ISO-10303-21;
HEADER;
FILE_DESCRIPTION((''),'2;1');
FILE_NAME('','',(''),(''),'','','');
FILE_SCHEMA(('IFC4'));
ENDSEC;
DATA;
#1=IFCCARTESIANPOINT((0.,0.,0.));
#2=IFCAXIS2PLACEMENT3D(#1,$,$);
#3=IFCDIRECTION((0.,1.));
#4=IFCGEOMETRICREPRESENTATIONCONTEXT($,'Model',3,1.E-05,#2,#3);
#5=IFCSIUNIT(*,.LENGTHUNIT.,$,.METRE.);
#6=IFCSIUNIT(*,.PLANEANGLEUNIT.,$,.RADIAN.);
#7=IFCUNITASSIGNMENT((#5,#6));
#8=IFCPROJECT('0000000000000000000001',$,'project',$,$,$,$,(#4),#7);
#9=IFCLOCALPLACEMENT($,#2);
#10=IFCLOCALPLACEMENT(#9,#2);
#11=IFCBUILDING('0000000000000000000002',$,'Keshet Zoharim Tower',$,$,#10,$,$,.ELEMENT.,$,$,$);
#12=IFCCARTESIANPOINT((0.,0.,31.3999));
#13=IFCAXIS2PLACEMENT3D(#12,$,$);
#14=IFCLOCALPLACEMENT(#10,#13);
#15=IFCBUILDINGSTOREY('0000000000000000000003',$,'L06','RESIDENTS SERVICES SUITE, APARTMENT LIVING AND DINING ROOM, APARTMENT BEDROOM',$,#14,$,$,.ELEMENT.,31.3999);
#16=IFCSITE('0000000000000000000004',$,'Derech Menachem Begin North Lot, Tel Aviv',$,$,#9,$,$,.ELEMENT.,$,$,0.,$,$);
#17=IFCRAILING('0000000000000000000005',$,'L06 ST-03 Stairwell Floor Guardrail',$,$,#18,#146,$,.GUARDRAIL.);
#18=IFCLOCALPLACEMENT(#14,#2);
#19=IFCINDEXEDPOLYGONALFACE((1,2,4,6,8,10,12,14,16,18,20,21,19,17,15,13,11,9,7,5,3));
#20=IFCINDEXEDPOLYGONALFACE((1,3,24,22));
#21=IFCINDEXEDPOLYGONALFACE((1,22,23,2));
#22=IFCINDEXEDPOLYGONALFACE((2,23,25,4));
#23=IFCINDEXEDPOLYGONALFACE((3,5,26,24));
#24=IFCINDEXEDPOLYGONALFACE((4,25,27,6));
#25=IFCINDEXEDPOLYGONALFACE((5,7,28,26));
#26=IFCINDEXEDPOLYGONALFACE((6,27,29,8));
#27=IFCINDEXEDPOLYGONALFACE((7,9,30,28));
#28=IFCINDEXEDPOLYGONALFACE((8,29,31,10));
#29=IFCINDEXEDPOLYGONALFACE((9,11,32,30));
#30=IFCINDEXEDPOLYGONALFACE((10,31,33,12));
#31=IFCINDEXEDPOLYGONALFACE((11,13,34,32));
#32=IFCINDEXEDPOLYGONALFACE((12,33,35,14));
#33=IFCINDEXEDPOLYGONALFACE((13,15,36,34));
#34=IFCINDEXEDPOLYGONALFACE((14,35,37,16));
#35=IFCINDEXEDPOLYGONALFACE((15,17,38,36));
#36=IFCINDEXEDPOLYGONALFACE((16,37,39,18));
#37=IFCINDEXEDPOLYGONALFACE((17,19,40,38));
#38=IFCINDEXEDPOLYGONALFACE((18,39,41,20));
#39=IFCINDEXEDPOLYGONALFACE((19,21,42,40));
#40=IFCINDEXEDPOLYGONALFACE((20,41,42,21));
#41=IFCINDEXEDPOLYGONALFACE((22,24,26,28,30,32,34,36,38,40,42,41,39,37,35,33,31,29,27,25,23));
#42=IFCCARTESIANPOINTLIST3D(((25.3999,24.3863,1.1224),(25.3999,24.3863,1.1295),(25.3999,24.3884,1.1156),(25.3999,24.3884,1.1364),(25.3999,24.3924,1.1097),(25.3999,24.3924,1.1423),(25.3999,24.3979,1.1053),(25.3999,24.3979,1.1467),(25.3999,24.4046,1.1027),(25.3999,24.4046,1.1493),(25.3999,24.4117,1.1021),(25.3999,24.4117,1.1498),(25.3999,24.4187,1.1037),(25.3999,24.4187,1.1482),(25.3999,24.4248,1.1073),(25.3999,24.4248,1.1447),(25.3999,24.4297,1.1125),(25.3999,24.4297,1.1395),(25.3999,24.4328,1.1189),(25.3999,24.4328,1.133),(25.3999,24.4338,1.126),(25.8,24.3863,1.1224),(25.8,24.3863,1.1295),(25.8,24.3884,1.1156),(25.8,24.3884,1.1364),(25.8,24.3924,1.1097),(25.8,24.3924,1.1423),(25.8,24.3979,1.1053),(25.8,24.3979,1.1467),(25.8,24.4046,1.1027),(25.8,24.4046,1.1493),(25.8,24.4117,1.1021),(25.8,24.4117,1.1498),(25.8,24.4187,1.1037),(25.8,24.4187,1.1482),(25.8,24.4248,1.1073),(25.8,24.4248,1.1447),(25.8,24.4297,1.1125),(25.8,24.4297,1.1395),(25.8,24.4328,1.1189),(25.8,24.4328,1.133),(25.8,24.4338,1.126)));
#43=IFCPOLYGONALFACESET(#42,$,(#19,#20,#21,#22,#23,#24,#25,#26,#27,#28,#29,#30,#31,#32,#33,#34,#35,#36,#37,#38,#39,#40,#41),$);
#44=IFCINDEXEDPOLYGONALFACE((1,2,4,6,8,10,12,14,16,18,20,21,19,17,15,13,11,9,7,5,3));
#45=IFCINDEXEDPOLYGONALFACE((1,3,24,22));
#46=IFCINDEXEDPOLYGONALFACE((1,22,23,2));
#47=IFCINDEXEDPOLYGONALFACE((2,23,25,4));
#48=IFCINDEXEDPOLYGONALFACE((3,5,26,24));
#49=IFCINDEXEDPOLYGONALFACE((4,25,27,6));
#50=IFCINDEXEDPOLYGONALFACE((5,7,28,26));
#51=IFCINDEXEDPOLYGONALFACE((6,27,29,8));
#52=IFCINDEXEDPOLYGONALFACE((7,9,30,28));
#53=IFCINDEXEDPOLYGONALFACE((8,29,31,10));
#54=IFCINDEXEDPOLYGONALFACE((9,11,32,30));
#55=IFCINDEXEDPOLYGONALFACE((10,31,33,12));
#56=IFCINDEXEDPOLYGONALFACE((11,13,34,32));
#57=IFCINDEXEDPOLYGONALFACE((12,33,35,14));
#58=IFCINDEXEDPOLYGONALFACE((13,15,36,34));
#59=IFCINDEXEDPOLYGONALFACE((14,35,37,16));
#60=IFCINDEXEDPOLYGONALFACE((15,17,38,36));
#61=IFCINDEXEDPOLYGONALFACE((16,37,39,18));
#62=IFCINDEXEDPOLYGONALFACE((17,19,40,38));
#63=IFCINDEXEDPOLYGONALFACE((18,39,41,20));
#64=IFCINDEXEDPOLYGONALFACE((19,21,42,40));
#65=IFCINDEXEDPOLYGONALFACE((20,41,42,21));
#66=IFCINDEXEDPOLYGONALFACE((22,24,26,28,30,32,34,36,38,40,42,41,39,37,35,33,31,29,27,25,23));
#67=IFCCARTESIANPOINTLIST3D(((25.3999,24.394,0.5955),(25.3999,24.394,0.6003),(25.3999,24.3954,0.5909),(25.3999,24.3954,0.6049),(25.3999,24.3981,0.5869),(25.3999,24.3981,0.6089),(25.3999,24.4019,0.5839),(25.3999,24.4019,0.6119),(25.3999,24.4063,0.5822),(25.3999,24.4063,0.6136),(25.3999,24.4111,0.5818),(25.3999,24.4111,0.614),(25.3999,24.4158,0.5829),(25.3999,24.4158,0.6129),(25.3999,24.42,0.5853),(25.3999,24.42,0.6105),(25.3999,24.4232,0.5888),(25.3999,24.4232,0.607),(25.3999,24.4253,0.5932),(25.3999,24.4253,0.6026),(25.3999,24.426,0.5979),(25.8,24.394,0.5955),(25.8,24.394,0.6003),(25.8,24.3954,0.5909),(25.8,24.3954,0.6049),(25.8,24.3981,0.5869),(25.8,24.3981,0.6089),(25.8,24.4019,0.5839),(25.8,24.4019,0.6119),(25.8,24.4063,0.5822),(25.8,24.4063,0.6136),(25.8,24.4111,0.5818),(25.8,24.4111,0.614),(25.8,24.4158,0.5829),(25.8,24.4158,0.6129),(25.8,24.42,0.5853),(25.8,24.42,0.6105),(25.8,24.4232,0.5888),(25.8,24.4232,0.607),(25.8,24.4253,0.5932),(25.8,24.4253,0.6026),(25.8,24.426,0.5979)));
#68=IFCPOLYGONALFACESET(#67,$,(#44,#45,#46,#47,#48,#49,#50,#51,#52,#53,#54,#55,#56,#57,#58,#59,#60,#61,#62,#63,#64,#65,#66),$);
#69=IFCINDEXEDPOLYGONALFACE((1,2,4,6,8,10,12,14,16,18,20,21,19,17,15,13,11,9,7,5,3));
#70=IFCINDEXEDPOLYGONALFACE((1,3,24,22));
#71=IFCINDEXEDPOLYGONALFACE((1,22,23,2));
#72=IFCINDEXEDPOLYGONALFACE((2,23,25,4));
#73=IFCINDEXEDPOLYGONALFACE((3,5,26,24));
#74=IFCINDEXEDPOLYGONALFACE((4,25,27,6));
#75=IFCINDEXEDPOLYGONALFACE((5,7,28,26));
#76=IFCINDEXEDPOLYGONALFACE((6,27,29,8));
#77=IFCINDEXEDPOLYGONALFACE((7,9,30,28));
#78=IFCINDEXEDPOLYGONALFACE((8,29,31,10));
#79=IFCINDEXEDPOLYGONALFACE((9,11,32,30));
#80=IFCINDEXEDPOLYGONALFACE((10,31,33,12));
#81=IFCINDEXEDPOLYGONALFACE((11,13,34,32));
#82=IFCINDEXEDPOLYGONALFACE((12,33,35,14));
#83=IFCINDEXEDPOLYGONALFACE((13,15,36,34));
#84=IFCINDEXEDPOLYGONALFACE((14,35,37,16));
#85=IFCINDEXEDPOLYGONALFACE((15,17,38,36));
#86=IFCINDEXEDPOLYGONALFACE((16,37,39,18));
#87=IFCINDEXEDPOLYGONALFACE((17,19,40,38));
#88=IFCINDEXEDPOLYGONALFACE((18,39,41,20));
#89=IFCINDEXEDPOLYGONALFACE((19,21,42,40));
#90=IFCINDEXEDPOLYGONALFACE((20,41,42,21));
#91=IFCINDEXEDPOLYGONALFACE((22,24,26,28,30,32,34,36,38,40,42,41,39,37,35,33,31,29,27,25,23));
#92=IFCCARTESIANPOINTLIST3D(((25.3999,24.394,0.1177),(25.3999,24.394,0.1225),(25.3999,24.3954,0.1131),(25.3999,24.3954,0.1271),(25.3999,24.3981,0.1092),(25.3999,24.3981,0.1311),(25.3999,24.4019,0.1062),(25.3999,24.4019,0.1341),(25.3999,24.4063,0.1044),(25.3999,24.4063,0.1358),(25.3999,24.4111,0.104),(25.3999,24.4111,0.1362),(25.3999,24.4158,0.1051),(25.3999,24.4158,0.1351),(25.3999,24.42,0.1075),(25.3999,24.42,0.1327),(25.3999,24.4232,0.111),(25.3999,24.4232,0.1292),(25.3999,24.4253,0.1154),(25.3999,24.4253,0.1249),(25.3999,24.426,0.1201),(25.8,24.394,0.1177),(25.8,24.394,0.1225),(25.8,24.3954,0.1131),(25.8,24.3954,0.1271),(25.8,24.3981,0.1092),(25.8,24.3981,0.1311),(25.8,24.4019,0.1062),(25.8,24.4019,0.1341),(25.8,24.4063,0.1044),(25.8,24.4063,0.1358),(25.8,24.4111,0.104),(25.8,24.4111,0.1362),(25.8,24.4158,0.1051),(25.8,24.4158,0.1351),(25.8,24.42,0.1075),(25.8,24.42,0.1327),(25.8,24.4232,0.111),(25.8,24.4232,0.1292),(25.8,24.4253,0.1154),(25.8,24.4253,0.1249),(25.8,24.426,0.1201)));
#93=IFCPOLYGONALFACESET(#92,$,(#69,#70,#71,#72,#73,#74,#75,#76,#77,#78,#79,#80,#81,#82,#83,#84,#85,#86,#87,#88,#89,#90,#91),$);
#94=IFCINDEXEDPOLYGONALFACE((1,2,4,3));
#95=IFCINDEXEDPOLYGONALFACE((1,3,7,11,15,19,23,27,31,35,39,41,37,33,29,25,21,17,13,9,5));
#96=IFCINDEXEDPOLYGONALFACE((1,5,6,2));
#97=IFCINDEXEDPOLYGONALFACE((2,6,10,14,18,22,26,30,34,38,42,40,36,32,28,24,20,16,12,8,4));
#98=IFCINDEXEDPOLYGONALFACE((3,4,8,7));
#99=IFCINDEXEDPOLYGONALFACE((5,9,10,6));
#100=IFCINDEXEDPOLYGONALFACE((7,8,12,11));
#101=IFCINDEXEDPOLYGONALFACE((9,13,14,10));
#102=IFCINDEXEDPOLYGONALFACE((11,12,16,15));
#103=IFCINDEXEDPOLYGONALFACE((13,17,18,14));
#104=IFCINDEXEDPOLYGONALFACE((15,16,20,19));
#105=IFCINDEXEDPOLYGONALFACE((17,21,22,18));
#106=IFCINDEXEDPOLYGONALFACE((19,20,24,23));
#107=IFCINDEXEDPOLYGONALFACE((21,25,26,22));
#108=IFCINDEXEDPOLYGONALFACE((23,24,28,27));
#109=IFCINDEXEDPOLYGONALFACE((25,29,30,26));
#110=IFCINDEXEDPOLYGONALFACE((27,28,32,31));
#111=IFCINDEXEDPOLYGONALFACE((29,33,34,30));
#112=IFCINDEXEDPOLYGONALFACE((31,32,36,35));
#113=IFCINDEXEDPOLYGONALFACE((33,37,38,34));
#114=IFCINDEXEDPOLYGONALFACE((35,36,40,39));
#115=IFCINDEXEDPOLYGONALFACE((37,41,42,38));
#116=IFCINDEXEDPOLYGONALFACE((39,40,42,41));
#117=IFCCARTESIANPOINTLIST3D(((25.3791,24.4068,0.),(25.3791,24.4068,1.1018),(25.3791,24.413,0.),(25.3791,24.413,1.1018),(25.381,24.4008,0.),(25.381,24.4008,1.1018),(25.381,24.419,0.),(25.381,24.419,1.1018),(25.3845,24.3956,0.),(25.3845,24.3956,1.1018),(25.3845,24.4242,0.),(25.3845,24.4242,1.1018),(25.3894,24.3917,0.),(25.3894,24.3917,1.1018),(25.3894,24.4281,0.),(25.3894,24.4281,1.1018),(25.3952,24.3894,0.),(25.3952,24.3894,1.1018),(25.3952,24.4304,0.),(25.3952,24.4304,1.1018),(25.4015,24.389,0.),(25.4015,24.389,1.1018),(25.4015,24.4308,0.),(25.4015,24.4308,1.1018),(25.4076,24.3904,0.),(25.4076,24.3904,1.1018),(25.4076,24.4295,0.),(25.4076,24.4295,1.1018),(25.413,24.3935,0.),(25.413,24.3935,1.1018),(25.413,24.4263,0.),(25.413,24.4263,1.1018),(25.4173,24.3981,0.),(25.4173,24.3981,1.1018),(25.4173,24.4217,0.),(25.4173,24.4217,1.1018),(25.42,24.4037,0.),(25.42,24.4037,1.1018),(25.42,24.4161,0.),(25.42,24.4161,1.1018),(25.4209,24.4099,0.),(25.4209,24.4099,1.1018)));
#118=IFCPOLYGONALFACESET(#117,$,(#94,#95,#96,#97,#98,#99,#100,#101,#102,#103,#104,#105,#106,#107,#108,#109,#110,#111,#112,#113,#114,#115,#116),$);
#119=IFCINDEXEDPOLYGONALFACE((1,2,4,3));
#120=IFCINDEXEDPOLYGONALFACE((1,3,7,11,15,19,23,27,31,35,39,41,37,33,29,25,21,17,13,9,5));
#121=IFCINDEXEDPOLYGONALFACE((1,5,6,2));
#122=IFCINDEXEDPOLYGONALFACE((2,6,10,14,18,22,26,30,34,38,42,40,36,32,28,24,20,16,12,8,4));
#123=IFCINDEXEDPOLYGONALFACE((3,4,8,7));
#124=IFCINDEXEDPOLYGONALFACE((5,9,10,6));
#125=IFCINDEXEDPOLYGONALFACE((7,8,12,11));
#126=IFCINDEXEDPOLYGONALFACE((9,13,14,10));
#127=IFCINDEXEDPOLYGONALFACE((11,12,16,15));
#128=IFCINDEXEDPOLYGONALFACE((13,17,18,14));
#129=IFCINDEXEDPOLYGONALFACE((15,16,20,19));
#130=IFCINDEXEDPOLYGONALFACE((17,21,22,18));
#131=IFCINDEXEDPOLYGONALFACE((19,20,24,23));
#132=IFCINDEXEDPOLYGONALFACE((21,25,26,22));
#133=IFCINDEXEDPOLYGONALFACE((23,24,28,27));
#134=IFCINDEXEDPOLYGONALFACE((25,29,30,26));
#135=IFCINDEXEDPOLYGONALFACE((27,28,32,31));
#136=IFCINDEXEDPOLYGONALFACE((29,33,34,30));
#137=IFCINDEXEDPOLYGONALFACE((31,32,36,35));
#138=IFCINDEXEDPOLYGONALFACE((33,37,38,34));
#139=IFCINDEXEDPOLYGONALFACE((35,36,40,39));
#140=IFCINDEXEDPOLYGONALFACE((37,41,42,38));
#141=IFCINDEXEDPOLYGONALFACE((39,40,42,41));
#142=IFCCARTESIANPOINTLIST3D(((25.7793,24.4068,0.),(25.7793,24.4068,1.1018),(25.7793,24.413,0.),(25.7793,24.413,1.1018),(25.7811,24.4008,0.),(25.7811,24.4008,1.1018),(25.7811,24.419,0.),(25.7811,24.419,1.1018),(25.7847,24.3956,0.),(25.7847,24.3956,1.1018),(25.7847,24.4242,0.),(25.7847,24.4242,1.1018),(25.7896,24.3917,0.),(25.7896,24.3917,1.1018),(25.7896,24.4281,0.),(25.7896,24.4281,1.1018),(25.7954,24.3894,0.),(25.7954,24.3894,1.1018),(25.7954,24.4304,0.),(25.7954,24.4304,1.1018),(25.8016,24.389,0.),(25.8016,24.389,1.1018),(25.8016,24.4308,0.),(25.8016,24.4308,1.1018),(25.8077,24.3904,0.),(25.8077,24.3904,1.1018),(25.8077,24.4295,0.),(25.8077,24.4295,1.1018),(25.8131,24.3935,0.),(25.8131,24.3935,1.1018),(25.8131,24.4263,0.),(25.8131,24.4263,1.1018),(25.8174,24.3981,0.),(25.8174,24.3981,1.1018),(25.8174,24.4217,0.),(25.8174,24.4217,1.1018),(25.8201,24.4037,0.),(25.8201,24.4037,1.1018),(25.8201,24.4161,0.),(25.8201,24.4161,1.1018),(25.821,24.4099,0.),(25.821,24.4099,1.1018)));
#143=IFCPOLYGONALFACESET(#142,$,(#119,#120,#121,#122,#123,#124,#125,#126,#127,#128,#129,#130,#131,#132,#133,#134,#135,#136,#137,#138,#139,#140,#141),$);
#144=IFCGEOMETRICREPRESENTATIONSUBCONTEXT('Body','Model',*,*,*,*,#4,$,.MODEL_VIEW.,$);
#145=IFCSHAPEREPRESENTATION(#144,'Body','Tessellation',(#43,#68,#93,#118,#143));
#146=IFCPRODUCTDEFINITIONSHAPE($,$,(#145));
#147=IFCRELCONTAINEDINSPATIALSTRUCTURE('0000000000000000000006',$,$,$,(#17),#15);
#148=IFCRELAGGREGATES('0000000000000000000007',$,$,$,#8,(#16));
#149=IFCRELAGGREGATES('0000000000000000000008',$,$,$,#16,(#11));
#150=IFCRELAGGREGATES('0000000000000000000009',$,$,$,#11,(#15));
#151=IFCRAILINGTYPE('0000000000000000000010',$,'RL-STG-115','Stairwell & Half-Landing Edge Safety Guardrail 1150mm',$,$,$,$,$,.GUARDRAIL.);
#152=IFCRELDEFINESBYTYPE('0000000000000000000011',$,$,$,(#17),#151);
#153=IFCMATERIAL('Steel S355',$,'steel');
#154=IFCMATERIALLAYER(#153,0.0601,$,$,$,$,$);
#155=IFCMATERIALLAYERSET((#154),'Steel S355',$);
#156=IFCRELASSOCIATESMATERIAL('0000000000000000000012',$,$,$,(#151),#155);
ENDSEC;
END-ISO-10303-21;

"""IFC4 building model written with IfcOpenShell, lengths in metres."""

from ifc_helpers import new_model, si_unit, direction, frame, origin, origin_2d, place, context, subcontext, project, spatial, circle, extrude, material, layer, layer_set, type_object, element, save


model = new_model("IFC4")

# Units and contexts
model_context = context("Model", 3, precision=1e-05, world=origin(), true_north=direction((0.0, 1.0)))
body_context = subcontext(model_context, "Body", "Model", "MODEL_VIEW")
ifc_project = project(units=[si_unit("LENGTHUNIT", "METRE"), si_unit("PLANEANGLEUNIT", "RADIAN")], contexts=[model_context])

# Site, building, storey
site_placement = place(None, origin())
site = spatial("IfcSite", under=ifc_project, at=site_placement, Name="Derech Menachem Begin North Lot, Tel Aviv", CompositionType="ELEMENT", RefElevation=0.0)
building_placement = place(site_placement, origin())
building = spatial("IfcBuilding", under=site, at=building_placement, Name="Keshet Zoharim Tower", CompositionType="ELEMENT")
storey_placement = place(building_placement, frame((0.0, 0.0, 31.3999)))
storey = spatial("IfcBuildingStorey", under=building, at=storey_placement, Name="L06", Description="RESIDENTS SERVICES SUITE, APARTMENT LIVING AND DINING ROOM, APARTMENT BEDROOM", CompositionType="ELEMENT", Elevation=31.3999)

# Shared definitions
ifc_material_1 = material(Name="Steel S355", Category="steel")

# Railing
ifc_layer_1 = layer(ifc_material_1, 0.0601)
ifc_layer_set_1 = layer_set([ifc_layer_1], Name="Steel S355")
railing_type_1 = type_object("IfcRailingType", Name="RL-STG-115", Description="Stairwell & Half-Landing Edge Safety Guardrail 1150mm", PredefinedType="GUARDRAIL", material=ifc_layer_set_1)
railing_1_placement = place(storey_placement, frame((25.3999, 24.4099, 0.0)))
element("IfcRailing", 1, at=railing_1_placement, inside=storey, type_object=railing_type_1, Name="L06 ST-03 Stairwell Floor Guardrail", PredefinedType="GUARDRAIL", context=body_context, shape_type="SweptSolid", body=[
    extrude(circle(Radius=0.0239, at=origin_2d()), frame((0.0, 0.0, 1.126), z_axis=(1.0, 0.0, 0.0), x_axis=(0.0, 1.0, 0.0)), (0.0, 0.0, 1.0), 0.4001),
    extrude(circle(Radius=0.0161, at=origin_2d()), frame((0.0, 0.0, 0.5979), z_axis=(1.0, 0.0, 0.0), x_axis=(0.0, 1.0, 0.0)), (0.0, 0.0, 1.0), 0.4001),
    extrude(circle(Radius=0.0161, at=origin_2d()), frame((0.0, 0.0, 0.1201), z_axis=(1.0, 0.0, 0.0), x_axis=(0.0, 1.0, 0.0)), (0.0, 0.0, 1.0), 0.4001),
    extrude(circle(Radius=0.021, at=origin_2d()), origin(), (0.0, 0.0, 1.0), 1.1018),
    extrude(circle(Radius=0.021, at=origin_2d()), frame((0.4001, 0.0, 0.0)), (0.0, 0.0, 1.0), 1.1018),
])

save(model, "model.ifc")
